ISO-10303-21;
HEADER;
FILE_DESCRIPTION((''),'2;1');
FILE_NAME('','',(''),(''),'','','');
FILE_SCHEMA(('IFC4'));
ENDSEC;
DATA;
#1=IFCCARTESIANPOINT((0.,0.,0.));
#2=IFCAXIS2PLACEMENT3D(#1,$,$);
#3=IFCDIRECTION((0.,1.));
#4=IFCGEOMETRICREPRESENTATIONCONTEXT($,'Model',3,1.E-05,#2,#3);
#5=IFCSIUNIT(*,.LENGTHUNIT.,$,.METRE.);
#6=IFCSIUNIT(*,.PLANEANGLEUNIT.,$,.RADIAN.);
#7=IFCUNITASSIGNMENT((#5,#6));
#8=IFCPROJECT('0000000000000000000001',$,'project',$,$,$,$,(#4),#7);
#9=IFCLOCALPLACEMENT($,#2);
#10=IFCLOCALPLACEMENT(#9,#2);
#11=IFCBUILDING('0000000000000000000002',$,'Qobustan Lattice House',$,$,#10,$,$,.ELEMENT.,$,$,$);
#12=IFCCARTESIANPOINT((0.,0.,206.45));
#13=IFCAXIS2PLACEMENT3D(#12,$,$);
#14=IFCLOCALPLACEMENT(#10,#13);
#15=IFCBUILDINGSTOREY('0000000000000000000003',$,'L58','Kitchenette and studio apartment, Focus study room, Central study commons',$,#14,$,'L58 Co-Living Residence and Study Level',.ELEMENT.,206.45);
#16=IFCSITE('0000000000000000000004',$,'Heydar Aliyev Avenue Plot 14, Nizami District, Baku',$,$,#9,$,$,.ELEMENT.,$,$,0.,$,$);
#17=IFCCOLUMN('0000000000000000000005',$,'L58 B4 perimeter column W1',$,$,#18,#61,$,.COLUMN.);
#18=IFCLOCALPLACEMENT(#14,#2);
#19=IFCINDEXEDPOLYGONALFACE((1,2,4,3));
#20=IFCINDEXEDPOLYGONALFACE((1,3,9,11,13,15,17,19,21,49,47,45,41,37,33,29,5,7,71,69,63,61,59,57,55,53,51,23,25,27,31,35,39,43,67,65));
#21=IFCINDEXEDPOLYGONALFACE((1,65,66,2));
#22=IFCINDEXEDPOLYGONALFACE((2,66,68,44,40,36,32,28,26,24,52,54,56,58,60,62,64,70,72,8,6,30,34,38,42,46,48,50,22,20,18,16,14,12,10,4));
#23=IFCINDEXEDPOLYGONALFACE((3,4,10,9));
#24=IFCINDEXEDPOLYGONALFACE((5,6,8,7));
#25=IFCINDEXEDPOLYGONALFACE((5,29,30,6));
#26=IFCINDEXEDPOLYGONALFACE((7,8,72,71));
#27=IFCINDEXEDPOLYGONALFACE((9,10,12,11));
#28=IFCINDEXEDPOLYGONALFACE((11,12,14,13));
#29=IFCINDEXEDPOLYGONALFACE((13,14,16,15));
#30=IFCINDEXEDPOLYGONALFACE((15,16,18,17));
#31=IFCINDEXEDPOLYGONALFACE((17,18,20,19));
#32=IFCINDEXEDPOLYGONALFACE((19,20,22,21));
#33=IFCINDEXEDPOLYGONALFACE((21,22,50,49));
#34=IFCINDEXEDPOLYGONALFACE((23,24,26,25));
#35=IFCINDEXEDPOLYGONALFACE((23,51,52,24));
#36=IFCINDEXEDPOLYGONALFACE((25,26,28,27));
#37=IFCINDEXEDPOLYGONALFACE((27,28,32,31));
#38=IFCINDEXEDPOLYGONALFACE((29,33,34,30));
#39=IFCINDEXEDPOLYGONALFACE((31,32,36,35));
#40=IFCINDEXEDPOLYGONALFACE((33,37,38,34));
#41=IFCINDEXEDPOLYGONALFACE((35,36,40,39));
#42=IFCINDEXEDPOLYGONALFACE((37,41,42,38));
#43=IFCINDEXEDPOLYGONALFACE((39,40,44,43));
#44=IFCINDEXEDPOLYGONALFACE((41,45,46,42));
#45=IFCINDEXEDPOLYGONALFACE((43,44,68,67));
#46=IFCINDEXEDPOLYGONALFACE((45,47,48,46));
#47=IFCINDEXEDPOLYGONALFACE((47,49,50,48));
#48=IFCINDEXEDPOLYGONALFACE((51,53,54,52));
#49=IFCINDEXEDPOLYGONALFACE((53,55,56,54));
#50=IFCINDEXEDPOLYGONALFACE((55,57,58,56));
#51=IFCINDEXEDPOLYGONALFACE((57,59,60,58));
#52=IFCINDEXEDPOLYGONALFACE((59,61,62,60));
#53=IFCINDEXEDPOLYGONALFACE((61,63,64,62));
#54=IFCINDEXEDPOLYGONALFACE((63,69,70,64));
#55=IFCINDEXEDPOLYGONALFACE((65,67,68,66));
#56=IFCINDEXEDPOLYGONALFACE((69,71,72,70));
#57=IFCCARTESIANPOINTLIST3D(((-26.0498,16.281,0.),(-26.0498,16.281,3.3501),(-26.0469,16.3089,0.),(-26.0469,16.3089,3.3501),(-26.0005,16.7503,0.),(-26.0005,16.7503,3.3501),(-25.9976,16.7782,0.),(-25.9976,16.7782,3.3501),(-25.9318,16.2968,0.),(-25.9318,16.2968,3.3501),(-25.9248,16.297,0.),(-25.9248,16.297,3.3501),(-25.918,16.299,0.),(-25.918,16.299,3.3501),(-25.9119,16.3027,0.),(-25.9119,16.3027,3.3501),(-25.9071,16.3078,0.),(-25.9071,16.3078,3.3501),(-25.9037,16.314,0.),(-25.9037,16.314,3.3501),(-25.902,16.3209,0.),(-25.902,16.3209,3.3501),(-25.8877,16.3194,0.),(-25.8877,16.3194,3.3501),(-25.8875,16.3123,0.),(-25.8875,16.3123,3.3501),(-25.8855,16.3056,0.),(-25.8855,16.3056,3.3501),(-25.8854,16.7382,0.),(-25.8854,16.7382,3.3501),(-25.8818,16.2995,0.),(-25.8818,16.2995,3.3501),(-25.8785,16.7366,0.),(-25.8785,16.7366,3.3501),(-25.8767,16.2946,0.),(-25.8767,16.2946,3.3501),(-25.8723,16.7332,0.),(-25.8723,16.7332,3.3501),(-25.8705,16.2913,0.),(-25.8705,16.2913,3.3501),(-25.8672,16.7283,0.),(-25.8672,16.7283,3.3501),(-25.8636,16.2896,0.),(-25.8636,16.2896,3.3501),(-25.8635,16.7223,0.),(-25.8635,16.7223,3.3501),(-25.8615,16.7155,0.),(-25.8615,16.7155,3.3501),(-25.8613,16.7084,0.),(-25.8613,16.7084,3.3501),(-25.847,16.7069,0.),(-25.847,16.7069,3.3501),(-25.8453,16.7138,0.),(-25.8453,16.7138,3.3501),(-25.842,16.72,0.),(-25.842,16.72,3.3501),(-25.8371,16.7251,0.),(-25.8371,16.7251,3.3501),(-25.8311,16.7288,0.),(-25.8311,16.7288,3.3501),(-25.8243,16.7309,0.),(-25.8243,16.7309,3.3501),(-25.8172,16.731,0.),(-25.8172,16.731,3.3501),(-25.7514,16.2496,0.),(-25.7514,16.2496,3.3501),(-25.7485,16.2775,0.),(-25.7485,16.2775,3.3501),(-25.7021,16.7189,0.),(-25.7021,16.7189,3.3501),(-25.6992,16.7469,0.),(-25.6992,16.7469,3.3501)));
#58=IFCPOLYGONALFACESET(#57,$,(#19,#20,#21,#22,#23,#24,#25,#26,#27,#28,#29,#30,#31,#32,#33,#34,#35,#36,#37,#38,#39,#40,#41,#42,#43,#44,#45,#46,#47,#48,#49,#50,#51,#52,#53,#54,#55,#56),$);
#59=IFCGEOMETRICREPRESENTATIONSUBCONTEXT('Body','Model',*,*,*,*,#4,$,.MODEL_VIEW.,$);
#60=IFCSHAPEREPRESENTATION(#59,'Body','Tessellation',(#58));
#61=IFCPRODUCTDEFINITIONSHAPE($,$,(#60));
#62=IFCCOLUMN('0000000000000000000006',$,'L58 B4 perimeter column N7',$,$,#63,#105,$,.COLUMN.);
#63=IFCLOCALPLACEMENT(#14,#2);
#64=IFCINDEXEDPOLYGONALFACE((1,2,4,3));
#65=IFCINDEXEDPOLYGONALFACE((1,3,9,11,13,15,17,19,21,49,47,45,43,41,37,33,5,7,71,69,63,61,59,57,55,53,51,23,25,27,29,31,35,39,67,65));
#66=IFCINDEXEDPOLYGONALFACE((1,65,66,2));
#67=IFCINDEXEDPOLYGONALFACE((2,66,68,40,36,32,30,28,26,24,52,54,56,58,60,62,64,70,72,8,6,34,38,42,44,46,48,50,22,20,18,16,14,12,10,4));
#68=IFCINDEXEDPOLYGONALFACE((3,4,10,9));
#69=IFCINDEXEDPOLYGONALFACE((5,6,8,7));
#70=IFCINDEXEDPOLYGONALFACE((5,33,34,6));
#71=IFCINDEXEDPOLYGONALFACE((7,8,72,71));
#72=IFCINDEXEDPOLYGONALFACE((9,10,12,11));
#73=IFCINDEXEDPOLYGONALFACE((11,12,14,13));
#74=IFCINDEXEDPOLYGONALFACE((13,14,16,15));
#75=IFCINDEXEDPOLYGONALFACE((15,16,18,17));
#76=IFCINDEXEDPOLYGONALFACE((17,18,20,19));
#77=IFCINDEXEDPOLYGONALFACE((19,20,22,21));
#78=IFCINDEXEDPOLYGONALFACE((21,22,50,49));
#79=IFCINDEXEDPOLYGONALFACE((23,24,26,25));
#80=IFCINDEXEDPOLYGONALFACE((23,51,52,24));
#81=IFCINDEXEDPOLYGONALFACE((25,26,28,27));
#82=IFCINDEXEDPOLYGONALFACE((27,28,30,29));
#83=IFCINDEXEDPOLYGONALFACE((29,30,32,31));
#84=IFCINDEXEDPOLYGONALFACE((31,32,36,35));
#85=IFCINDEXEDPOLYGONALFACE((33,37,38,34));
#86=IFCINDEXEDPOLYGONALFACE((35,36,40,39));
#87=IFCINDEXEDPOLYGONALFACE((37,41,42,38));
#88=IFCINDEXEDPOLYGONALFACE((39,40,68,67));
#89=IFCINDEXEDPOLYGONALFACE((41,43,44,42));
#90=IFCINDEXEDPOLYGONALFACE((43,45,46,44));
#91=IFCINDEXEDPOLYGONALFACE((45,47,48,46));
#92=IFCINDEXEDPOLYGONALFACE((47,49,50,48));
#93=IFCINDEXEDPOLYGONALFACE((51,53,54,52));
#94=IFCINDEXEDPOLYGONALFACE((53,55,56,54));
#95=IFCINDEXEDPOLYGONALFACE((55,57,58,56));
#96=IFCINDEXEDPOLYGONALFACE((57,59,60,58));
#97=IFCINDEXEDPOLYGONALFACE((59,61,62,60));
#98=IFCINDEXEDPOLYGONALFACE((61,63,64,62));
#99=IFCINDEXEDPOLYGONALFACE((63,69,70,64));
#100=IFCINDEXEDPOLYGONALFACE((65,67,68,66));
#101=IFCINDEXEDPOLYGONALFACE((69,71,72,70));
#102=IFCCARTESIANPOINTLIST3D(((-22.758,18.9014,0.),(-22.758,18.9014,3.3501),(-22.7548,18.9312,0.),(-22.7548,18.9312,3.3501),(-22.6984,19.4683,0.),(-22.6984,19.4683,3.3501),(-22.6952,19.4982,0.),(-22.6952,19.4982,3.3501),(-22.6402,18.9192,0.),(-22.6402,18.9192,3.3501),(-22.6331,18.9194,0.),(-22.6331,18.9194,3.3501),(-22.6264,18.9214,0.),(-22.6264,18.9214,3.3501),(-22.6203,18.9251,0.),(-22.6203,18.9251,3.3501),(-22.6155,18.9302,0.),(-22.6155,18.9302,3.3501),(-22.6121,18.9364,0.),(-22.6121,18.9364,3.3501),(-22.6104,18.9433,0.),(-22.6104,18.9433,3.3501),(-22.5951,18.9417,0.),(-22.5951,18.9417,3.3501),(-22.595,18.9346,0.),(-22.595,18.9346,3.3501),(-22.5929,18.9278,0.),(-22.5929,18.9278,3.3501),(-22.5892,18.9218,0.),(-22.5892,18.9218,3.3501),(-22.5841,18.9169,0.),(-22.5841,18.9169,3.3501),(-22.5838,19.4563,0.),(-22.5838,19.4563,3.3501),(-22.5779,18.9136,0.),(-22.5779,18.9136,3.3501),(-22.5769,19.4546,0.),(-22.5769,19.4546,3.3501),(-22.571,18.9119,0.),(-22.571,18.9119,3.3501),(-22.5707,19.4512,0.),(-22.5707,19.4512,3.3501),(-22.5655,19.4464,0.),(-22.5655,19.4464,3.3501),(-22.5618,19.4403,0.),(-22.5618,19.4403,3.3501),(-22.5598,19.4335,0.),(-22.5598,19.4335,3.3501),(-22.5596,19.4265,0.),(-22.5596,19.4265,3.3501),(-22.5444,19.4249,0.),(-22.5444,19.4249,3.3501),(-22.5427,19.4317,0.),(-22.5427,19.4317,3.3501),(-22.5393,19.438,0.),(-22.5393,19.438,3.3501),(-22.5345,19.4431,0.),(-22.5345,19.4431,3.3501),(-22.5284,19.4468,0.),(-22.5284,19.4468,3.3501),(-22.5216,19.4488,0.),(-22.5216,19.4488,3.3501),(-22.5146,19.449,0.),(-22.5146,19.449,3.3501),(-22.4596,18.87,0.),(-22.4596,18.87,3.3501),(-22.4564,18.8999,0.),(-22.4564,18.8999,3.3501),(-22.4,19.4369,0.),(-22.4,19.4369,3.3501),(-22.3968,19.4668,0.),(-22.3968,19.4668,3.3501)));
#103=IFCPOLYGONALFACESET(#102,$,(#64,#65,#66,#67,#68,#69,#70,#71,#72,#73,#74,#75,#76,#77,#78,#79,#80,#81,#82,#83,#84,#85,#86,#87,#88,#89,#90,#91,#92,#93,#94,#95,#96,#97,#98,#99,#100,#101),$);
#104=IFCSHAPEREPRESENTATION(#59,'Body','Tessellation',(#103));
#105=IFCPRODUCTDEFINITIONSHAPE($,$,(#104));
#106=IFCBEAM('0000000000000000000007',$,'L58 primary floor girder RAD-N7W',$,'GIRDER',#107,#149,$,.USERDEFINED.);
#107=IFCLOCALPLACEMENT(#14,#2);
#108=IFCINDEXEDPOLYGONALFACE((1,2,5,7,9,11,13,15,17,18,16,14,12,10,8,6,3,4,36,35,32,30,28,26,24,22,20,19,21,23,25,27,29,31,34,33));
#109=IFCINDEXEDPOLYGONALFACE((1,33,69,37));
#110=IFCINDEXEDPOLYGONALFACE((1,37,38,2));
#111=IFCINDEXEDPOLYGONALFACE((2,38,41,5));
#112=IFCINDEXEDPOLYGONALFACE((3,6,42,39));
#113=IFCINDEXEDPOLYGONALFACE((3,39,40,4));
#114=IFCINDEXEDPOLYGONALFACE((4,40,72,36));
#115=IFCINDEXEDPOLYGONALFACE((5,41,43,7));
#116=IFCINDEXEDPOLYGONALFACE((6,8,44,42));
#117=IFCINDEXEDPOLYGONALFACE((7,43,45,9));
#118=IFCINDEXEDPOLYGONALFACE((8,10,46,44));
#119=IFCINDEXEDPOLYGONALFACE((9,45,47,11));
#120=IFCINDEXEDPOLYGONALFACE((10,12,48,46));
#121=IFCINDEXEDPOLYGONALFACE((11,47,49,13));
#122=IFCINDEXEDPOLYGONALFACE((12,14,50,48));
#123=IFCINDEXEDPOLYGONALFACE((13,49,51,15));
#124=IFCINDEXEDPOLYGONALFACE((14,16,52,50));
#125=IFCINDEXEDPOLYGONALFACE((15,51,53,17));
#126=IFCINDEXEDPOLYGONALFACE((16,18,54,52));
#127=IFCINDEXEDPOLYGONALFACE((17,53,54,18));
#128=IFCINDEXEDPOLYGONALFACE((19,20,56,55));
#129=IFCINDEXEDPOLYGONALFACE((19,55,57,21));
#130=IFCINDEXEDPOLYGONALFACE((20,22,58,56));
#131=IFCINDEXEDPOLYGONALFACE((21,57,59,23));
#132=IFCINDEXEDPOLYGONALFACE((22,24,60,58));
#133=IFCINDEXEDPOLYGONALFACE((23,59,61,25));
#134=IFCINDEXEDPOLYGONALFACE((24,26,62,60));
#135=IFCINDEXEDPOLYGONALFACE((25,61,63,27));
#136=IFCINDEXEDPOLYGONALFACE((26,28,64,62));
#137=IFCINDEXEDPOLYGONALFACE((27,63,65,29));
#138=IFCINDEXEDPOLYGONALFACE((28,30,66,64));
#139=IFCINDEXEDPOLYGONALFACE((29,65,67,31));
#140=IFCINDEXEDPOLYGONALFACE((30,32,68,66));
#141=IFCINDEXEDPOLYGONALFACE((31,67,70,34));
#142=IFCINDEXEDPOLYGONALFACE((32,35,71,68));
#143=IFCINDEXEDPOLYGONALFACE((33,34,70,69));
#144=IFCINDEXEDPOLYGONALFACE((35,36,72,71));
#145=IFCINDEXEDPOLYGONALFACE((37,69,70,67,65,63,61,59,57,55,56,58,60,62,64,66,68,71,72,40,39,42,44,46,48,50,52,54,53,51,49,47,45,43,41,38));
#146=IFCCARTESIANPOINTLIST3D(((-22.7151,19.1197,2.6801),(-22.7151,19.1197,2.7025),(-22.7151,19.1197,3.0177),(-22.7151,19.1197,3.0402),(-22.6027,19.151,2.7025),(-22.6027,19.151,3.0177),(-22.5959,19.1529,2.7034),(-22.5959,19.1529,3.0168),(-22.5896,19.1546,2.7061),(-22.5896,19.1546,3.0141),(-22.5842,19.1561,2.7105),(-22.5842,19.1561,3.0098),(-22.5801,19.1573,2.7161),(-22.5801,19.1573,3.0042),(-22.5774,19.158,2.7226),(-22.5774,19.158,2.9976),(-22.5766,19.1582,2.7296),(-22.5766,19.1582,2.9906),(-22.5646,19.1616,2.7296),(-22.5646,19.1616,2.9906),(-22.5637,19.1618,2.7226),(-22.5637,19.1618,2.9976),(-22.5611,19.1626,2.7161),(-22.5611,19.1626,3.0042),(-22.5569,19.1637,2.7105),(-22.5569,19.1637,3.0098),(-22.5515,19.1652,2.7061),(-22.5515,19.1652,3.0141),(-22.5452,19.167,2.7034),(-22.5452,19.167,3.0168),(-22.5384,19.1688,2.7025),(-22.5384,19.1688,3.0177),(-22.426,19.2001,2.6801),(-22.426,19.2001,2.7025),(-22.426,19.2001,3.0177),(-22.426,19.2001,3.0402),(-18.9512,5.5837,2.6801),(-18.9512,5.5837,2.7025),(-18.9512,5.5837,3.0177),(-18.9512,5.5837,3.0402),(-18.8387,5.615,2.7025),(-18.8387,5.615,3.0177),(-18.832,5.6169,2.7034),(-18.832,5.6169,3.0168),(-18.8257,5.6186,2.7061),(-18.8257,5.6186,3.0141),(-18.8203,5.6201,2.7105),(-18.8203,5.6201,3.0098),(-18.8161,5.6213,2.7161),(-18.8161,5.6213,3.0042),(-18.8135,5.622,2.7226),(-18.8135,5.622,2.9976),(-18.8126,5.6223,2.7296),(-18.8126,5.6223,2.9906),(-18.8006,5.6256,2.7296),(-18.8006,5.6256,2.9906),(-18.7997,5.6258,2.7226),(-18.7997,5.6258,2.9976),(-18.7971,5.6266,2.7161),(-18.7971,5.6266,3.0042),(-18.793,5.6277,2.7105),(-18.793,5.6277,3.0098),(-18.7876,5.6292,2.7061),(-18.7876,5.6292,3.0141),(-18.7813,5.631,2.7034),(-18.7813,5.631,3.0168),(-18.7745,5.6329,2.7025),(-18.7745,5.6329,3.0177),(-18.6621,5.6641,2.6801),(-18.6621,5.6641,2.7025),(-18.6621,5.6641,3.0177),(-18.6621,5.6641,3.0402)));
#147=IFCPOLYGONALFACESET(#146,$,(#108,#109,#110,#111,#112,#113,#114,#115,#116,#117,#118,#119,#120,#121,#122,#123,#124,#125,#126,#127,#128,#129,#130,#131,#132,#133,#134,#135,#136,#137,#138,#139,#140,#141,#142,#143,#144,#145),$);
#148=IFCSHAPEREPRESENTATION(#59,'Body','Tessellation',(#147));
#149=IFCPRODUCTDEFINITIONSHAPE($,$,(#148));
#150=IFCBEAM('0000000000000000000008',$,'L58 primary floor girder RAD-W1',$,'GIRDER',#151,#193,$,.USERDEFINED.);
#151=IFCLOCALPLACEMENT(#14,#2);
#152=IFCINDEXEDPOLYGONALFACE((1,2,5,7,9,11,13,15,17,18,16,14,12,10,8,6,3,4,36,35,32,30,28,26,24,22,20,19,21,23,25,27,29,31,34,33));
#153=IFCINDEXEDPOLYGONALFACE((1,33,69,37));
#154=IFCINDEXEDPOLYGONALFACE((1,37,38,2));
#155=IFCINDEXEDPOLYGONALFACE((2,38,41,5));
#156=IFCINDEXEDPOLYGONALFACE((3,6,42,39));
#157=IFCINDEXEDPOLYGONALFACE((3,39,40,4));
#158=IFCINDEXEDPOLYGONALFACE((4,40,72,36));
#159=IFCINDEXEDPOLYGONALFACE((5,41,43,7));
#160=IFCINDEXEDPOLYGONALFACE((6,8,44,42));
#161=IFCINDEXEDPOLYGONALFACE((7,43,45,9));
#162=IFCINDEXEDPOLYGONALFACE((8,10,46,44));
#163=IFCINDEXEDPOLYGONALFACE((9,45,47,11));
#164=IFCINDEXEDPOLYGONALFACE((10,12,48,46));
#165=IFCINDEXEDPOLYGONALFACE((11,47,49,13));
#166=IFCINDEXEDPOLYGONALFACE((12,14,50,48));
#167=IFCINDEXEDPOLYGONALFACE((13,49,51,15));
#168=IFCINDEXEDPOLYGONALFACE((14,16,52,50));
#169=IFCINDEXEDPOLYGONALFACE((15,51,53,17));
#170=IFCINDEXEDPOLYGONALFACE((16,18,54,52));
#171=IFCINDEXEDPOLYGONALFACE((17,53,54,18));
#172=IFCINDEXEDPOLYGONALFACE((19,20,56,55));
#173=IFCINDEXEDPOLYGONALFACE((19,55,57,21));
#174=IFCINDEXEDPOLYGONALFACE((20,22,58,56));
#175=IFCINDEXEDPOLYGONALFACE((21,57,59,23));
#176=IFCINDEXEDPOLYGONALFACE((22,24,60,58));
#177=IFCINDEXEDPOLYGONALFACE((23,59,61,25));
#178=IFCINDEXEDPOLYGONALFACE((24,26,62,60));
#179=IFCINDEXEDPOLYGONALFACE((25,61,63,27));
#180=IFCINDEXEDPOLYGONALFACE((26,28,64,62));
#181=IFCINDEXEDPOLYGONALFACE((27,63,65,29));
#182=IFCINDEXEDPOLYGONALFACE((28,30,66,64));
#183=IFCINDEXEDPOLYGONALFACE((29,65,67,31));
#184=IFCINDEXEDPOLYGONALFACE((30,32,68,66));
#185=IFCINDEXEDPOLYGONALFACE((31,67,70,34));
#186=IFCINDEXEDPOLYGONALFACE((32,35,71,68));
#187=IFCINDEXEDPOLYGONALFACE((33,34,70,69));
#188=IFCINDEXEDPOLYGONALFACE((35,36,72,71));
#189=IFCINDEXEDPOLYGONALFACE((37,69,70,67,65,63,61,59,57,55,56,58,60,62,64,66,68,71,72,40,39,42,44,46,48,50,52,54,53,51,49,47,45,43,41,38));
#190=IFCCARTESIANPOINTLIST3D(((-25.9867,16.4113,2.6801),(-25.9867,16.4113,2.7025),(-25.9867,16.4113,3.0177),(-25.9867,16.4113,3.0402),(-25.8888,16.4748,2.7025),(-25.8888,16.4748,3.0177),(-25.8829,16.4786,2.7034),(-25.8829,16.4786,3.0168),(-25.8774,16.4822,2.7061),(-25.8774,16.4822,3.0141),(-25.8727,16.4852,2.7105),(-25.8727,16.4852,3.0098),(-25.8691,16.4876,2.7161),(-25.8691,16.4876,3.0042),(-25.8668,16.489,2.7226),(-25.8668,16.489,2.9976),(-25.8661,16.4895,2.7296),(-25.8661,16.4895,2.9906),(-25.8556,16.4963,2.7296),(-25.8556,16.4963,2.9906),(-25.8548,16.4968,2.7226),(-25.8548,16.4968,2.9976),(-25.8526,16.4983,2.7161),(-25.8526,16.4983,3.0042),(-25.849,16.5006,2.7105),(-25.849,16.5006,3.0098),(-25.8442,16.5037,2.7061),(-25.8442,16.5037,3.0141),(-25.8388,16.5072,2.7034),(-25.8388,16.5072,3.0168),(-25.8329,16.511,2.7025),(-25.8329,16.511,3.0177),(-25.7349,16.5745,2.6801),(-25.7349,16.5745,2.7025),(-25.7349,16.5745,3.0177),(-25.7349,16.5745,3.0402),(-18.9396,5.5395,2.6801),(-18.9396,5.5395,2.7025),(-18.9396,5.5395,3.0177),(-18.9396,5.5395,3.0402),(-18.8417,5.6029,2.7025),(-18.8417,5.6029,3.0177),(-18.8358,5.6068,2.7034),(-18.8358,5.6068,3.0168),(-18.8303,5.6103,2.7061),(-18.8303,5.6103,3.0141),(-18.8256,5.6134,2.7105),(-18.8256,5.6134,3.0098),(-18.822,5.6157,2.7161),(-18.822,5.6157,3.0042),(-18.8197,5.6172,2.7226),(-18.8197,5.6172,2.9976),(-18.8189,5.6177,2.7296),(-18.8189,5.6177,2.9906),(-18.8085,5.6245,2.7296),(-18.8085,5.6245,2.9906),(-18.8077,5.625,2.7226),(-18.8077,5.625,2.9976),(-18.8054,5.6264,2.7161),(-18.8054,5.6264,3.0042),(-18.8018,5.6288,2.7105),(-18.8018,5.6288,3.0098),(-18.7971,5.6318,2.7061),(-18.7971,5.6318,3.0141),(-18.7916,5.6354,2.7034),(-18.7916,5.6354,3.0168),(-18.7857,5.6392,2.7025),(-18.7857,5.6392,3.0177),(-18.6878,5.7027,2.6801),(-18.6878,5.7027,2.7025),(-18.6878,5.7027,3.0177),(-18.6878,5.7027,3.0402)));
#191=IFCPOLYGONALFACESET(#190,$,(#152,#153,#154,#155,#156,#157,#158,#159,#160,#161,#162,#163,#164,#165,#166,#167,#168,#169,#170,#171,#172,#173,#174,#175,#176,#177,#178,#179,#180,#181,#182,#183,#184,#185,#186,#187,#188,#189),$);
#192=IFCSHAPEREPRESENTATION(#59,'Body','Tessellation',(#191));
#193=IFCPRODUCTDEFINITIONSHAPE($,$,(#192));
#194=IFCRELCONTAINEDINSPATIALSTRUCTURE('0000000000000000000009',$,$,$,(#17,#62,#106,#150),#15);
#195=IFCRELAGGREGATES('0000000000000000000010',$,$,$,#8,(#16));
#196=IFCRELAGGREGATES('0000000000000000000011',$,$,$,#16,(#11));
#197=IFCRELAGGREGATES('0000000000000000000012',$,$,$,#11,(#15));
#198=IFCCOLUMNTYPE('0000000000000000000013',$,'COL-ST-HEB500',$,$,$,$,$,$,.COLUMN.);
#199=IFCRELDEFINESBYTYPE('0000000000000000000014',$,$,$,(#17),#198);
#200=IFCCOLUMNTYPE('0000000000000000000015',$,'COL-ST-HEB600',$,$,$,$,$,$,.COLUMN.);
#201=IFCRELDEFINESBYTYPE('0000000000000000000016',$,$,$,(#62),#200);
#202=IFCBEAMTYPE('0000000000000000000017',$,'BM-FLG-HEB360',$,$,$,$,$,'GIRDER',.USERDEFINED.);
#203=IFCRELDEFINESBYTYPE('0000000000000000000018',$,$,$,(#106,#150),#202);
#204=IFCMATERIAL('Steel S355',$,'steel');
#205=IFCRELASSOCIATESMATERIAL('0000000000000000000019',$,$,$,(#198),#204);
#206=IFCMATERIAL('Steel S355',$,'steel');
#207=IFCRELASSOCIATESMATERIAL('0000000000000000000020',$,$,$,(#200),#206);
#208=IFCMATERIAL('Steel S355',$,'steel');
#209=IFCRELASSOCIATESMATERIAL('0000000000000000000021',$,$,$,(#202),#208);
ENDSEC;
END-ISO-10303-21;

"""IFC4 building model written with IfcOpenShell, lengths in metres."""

from ifc_helpers import new_model, si_unit, direction, frame, origin, origin_2d, place, context, subcontext, project, spatial, i_section, extrude, material, material_profile, profile_set, type_object, element, save


model = new_model("IFC4")

# Units and contexts
model_context = context("Model", 3, precision=1e-05, world=origin(), true_north=direction((0.0, 1.0)))
body_context = subcontext(model_context, "Body", "Model", "MODEL_VIEW")
ifc_project = project(units=[si_unit("LENGTHUNIT", "METRE"), si_unit("PLANEANGLEUNIT", "RADIAN")], contexts=[model_context])

# Site, building, storey
site_placement = place(None, origin())
site = spatial("IfcSite", under=ifc_project, at=site_placement, Name="Heydar Aliyev Avenue Plot 14, Nizami District, Baku", CompositionType="ELEMENT", RefElevation=0.0)
building_placement = place(site_placement, origin())
building = spatial("IfcBuilding", under=site, at=building_placement, Name="Qobustan Lattice House", CompositionType="ELEMENT")
storey_placement = place(building_placement, frame((0.0, 0.0, 206.45)))
storey = spatial("IfcBuildingStorey", under=building, at=storey_placement, Name="L58", Description="Kitchenette and studio apartment, Focus study room, Central study commons", LongName="L58 Co-Living Residence and Study Level", CompositionType="ELEMENT", Elevation=206.45)

# Columns
ifc_material_1 = material(Name="Steel S355", Category="steel")
ifc_material_profile_1 = material_profile(ifc_material_1, i_section(OverallWidth=0.3, OverallDepth=0.5, WebThickness=0.0144, FlangeThickness=0.0281, FilletRadius=0.0271, at=origin_2d()), Name="HEB500")
ifc_profile_set_1 = profile_set([ifc_material_profile_1], Name="Steel S355")
column_type_1 = type_object("IfcColumnType", Name="COL-ST-HEB500", PredefinedType="COLUMN", material=ifc_profile_set_1)
column_1_placement = place(storey_placement, frame((-25.8745, 16.5139, 0.0), z_axis=(0.0, 0.0, 1.0), x_axis=(0.994522, -0.104528, 0.0)))
element("IfcColumn", 1, at=column_1_placement, inside=storey, type_object=column_type_1, Name="L58 B4 perimeter column W1", PredefinedType="COLUMN", context=body_context, shape_type="SweptSolid", body=[
    extrude(i_section(OverallWidth=0.3, OverallDepth=0.5, WebThickness=0.0144, FlangeThickness=0.0281, FilletRadius=0.0271, at=origin_2d()), origin(), (0.0, 0.0, 1.0), 3.3501),
])
ifc_material_2 = material(Name="Steel S355", Category="steel")
ifc_material_profile_2 = material_profile(ifc_material_2, i_section(OverallWidth=0.3, OverallDepth=0.6001, WebThickness=0.0154, FlangeThickness=0.03, FilletRadius=0.0271, at=origin_2d()), Name="HEB600")
ifc_profile_set_2 = profile_set([ifc_material_profile_2], Name="Steel S355")
column_type_2 = type_object("IfcColumnType", Name="COL-ST-HEB600", PredefinedType="COLUMN", material=ifc_profile_set_2)
column_2_placement = place(storey_placement, frame((-22.5774, 19.1841, 0.0), z_axis=(0.0, 0.0, 1.0), x_axis=(0.994522, -0.104528, 0.0)))
element("IfcColumn", 2, at=column_2_placement, inside=storey, type_object=column_type_2, Name="L58 B4 perimeter column N7", PredefinedType="COLUMN", context=body_context, shape_type="SweptSolid", body=[
    extrude(i_section(OverallWidth=0.3, OverallDepth=0.6001, WebThickness=0.0154, FlangeThickness=0.03, FilletRadius=0.0271, at=origin_2d()), origin(), (0.0, 0.0, 1.0), 3.3501),
])

# Beams
ifc_material_3 = material(Name="Steel S355", Category="steel")
ifc_material_profile_3 = material_profile(ifc_material_3, i_section(OverallWidth=0.3, OverallDepth=0.3601, WebThickness=0.0125, FlangeThickness=0.0225, FilletRadius=0.0271, at=origin_2d()), Name="HEB360")
ifc_profile_set_3 = profile_set([ifc_material_profile_3], Name="Steel S355")
beam_type_1 = type_object("IfcBeamType", Name="BM-FLG-HEB360", ElementType="GIRDER", PredefinedType="USERDEFINED", material=ifc_profile_set_3)
beam_1_placement = place(storey_placement, frame((-22.5706, 19.1599, 2.8601), z_axis=(0.267905, -0.963445, 0.0), x_axis=(0.963445, 0.267905, 0.0)))
element("IfcBeam", 3, at=beam_1_placement, inside=storey, type_object=beam_type_1, Name="L58 primary floor girder RAD-N7W", ObjectType="GIRDER", PredefinedType="USERDEFINED", context=body_context, shape_type="SweptSolid", body=[
    extrude(i_section(OverallWidth=0.3, OverallDepth=0.3601, WebThickness=0.0125, FlangeThickness=0.0225, FilletRadius=0.0271, at=origin_2d()), origin(), (0.0, 0.0, 1.0), 14.0496),
])
beam_2_placement = place(storey_placement, frame((-25.8608, 16.4929, 2.8601), z_axis=(0.543926, -0.839133, 0.0), x_axis=(0.839133, 0.543926, 0.0)))
element("IfcBeam", 4, at=beam_2_placement, inside=storey, type_object=beam_type_1, Name="L58 primary floor girder RAD-W1", ObjectType="GIRDER", PredefinedType="USERDEFINED", context=body_context, shape_type="SweptSolid", body=[
    extrude(i_section(OverallWidth=0.3, OverallDepth=0.3601, WebThickness=0.0125, FlangeThickness=0.0225, FilletRadius=0.0271, at=origin_2d()), origin(), (0.0, 0.0, 1.0), 12.9561),
])

save(model, "model.ifc")
